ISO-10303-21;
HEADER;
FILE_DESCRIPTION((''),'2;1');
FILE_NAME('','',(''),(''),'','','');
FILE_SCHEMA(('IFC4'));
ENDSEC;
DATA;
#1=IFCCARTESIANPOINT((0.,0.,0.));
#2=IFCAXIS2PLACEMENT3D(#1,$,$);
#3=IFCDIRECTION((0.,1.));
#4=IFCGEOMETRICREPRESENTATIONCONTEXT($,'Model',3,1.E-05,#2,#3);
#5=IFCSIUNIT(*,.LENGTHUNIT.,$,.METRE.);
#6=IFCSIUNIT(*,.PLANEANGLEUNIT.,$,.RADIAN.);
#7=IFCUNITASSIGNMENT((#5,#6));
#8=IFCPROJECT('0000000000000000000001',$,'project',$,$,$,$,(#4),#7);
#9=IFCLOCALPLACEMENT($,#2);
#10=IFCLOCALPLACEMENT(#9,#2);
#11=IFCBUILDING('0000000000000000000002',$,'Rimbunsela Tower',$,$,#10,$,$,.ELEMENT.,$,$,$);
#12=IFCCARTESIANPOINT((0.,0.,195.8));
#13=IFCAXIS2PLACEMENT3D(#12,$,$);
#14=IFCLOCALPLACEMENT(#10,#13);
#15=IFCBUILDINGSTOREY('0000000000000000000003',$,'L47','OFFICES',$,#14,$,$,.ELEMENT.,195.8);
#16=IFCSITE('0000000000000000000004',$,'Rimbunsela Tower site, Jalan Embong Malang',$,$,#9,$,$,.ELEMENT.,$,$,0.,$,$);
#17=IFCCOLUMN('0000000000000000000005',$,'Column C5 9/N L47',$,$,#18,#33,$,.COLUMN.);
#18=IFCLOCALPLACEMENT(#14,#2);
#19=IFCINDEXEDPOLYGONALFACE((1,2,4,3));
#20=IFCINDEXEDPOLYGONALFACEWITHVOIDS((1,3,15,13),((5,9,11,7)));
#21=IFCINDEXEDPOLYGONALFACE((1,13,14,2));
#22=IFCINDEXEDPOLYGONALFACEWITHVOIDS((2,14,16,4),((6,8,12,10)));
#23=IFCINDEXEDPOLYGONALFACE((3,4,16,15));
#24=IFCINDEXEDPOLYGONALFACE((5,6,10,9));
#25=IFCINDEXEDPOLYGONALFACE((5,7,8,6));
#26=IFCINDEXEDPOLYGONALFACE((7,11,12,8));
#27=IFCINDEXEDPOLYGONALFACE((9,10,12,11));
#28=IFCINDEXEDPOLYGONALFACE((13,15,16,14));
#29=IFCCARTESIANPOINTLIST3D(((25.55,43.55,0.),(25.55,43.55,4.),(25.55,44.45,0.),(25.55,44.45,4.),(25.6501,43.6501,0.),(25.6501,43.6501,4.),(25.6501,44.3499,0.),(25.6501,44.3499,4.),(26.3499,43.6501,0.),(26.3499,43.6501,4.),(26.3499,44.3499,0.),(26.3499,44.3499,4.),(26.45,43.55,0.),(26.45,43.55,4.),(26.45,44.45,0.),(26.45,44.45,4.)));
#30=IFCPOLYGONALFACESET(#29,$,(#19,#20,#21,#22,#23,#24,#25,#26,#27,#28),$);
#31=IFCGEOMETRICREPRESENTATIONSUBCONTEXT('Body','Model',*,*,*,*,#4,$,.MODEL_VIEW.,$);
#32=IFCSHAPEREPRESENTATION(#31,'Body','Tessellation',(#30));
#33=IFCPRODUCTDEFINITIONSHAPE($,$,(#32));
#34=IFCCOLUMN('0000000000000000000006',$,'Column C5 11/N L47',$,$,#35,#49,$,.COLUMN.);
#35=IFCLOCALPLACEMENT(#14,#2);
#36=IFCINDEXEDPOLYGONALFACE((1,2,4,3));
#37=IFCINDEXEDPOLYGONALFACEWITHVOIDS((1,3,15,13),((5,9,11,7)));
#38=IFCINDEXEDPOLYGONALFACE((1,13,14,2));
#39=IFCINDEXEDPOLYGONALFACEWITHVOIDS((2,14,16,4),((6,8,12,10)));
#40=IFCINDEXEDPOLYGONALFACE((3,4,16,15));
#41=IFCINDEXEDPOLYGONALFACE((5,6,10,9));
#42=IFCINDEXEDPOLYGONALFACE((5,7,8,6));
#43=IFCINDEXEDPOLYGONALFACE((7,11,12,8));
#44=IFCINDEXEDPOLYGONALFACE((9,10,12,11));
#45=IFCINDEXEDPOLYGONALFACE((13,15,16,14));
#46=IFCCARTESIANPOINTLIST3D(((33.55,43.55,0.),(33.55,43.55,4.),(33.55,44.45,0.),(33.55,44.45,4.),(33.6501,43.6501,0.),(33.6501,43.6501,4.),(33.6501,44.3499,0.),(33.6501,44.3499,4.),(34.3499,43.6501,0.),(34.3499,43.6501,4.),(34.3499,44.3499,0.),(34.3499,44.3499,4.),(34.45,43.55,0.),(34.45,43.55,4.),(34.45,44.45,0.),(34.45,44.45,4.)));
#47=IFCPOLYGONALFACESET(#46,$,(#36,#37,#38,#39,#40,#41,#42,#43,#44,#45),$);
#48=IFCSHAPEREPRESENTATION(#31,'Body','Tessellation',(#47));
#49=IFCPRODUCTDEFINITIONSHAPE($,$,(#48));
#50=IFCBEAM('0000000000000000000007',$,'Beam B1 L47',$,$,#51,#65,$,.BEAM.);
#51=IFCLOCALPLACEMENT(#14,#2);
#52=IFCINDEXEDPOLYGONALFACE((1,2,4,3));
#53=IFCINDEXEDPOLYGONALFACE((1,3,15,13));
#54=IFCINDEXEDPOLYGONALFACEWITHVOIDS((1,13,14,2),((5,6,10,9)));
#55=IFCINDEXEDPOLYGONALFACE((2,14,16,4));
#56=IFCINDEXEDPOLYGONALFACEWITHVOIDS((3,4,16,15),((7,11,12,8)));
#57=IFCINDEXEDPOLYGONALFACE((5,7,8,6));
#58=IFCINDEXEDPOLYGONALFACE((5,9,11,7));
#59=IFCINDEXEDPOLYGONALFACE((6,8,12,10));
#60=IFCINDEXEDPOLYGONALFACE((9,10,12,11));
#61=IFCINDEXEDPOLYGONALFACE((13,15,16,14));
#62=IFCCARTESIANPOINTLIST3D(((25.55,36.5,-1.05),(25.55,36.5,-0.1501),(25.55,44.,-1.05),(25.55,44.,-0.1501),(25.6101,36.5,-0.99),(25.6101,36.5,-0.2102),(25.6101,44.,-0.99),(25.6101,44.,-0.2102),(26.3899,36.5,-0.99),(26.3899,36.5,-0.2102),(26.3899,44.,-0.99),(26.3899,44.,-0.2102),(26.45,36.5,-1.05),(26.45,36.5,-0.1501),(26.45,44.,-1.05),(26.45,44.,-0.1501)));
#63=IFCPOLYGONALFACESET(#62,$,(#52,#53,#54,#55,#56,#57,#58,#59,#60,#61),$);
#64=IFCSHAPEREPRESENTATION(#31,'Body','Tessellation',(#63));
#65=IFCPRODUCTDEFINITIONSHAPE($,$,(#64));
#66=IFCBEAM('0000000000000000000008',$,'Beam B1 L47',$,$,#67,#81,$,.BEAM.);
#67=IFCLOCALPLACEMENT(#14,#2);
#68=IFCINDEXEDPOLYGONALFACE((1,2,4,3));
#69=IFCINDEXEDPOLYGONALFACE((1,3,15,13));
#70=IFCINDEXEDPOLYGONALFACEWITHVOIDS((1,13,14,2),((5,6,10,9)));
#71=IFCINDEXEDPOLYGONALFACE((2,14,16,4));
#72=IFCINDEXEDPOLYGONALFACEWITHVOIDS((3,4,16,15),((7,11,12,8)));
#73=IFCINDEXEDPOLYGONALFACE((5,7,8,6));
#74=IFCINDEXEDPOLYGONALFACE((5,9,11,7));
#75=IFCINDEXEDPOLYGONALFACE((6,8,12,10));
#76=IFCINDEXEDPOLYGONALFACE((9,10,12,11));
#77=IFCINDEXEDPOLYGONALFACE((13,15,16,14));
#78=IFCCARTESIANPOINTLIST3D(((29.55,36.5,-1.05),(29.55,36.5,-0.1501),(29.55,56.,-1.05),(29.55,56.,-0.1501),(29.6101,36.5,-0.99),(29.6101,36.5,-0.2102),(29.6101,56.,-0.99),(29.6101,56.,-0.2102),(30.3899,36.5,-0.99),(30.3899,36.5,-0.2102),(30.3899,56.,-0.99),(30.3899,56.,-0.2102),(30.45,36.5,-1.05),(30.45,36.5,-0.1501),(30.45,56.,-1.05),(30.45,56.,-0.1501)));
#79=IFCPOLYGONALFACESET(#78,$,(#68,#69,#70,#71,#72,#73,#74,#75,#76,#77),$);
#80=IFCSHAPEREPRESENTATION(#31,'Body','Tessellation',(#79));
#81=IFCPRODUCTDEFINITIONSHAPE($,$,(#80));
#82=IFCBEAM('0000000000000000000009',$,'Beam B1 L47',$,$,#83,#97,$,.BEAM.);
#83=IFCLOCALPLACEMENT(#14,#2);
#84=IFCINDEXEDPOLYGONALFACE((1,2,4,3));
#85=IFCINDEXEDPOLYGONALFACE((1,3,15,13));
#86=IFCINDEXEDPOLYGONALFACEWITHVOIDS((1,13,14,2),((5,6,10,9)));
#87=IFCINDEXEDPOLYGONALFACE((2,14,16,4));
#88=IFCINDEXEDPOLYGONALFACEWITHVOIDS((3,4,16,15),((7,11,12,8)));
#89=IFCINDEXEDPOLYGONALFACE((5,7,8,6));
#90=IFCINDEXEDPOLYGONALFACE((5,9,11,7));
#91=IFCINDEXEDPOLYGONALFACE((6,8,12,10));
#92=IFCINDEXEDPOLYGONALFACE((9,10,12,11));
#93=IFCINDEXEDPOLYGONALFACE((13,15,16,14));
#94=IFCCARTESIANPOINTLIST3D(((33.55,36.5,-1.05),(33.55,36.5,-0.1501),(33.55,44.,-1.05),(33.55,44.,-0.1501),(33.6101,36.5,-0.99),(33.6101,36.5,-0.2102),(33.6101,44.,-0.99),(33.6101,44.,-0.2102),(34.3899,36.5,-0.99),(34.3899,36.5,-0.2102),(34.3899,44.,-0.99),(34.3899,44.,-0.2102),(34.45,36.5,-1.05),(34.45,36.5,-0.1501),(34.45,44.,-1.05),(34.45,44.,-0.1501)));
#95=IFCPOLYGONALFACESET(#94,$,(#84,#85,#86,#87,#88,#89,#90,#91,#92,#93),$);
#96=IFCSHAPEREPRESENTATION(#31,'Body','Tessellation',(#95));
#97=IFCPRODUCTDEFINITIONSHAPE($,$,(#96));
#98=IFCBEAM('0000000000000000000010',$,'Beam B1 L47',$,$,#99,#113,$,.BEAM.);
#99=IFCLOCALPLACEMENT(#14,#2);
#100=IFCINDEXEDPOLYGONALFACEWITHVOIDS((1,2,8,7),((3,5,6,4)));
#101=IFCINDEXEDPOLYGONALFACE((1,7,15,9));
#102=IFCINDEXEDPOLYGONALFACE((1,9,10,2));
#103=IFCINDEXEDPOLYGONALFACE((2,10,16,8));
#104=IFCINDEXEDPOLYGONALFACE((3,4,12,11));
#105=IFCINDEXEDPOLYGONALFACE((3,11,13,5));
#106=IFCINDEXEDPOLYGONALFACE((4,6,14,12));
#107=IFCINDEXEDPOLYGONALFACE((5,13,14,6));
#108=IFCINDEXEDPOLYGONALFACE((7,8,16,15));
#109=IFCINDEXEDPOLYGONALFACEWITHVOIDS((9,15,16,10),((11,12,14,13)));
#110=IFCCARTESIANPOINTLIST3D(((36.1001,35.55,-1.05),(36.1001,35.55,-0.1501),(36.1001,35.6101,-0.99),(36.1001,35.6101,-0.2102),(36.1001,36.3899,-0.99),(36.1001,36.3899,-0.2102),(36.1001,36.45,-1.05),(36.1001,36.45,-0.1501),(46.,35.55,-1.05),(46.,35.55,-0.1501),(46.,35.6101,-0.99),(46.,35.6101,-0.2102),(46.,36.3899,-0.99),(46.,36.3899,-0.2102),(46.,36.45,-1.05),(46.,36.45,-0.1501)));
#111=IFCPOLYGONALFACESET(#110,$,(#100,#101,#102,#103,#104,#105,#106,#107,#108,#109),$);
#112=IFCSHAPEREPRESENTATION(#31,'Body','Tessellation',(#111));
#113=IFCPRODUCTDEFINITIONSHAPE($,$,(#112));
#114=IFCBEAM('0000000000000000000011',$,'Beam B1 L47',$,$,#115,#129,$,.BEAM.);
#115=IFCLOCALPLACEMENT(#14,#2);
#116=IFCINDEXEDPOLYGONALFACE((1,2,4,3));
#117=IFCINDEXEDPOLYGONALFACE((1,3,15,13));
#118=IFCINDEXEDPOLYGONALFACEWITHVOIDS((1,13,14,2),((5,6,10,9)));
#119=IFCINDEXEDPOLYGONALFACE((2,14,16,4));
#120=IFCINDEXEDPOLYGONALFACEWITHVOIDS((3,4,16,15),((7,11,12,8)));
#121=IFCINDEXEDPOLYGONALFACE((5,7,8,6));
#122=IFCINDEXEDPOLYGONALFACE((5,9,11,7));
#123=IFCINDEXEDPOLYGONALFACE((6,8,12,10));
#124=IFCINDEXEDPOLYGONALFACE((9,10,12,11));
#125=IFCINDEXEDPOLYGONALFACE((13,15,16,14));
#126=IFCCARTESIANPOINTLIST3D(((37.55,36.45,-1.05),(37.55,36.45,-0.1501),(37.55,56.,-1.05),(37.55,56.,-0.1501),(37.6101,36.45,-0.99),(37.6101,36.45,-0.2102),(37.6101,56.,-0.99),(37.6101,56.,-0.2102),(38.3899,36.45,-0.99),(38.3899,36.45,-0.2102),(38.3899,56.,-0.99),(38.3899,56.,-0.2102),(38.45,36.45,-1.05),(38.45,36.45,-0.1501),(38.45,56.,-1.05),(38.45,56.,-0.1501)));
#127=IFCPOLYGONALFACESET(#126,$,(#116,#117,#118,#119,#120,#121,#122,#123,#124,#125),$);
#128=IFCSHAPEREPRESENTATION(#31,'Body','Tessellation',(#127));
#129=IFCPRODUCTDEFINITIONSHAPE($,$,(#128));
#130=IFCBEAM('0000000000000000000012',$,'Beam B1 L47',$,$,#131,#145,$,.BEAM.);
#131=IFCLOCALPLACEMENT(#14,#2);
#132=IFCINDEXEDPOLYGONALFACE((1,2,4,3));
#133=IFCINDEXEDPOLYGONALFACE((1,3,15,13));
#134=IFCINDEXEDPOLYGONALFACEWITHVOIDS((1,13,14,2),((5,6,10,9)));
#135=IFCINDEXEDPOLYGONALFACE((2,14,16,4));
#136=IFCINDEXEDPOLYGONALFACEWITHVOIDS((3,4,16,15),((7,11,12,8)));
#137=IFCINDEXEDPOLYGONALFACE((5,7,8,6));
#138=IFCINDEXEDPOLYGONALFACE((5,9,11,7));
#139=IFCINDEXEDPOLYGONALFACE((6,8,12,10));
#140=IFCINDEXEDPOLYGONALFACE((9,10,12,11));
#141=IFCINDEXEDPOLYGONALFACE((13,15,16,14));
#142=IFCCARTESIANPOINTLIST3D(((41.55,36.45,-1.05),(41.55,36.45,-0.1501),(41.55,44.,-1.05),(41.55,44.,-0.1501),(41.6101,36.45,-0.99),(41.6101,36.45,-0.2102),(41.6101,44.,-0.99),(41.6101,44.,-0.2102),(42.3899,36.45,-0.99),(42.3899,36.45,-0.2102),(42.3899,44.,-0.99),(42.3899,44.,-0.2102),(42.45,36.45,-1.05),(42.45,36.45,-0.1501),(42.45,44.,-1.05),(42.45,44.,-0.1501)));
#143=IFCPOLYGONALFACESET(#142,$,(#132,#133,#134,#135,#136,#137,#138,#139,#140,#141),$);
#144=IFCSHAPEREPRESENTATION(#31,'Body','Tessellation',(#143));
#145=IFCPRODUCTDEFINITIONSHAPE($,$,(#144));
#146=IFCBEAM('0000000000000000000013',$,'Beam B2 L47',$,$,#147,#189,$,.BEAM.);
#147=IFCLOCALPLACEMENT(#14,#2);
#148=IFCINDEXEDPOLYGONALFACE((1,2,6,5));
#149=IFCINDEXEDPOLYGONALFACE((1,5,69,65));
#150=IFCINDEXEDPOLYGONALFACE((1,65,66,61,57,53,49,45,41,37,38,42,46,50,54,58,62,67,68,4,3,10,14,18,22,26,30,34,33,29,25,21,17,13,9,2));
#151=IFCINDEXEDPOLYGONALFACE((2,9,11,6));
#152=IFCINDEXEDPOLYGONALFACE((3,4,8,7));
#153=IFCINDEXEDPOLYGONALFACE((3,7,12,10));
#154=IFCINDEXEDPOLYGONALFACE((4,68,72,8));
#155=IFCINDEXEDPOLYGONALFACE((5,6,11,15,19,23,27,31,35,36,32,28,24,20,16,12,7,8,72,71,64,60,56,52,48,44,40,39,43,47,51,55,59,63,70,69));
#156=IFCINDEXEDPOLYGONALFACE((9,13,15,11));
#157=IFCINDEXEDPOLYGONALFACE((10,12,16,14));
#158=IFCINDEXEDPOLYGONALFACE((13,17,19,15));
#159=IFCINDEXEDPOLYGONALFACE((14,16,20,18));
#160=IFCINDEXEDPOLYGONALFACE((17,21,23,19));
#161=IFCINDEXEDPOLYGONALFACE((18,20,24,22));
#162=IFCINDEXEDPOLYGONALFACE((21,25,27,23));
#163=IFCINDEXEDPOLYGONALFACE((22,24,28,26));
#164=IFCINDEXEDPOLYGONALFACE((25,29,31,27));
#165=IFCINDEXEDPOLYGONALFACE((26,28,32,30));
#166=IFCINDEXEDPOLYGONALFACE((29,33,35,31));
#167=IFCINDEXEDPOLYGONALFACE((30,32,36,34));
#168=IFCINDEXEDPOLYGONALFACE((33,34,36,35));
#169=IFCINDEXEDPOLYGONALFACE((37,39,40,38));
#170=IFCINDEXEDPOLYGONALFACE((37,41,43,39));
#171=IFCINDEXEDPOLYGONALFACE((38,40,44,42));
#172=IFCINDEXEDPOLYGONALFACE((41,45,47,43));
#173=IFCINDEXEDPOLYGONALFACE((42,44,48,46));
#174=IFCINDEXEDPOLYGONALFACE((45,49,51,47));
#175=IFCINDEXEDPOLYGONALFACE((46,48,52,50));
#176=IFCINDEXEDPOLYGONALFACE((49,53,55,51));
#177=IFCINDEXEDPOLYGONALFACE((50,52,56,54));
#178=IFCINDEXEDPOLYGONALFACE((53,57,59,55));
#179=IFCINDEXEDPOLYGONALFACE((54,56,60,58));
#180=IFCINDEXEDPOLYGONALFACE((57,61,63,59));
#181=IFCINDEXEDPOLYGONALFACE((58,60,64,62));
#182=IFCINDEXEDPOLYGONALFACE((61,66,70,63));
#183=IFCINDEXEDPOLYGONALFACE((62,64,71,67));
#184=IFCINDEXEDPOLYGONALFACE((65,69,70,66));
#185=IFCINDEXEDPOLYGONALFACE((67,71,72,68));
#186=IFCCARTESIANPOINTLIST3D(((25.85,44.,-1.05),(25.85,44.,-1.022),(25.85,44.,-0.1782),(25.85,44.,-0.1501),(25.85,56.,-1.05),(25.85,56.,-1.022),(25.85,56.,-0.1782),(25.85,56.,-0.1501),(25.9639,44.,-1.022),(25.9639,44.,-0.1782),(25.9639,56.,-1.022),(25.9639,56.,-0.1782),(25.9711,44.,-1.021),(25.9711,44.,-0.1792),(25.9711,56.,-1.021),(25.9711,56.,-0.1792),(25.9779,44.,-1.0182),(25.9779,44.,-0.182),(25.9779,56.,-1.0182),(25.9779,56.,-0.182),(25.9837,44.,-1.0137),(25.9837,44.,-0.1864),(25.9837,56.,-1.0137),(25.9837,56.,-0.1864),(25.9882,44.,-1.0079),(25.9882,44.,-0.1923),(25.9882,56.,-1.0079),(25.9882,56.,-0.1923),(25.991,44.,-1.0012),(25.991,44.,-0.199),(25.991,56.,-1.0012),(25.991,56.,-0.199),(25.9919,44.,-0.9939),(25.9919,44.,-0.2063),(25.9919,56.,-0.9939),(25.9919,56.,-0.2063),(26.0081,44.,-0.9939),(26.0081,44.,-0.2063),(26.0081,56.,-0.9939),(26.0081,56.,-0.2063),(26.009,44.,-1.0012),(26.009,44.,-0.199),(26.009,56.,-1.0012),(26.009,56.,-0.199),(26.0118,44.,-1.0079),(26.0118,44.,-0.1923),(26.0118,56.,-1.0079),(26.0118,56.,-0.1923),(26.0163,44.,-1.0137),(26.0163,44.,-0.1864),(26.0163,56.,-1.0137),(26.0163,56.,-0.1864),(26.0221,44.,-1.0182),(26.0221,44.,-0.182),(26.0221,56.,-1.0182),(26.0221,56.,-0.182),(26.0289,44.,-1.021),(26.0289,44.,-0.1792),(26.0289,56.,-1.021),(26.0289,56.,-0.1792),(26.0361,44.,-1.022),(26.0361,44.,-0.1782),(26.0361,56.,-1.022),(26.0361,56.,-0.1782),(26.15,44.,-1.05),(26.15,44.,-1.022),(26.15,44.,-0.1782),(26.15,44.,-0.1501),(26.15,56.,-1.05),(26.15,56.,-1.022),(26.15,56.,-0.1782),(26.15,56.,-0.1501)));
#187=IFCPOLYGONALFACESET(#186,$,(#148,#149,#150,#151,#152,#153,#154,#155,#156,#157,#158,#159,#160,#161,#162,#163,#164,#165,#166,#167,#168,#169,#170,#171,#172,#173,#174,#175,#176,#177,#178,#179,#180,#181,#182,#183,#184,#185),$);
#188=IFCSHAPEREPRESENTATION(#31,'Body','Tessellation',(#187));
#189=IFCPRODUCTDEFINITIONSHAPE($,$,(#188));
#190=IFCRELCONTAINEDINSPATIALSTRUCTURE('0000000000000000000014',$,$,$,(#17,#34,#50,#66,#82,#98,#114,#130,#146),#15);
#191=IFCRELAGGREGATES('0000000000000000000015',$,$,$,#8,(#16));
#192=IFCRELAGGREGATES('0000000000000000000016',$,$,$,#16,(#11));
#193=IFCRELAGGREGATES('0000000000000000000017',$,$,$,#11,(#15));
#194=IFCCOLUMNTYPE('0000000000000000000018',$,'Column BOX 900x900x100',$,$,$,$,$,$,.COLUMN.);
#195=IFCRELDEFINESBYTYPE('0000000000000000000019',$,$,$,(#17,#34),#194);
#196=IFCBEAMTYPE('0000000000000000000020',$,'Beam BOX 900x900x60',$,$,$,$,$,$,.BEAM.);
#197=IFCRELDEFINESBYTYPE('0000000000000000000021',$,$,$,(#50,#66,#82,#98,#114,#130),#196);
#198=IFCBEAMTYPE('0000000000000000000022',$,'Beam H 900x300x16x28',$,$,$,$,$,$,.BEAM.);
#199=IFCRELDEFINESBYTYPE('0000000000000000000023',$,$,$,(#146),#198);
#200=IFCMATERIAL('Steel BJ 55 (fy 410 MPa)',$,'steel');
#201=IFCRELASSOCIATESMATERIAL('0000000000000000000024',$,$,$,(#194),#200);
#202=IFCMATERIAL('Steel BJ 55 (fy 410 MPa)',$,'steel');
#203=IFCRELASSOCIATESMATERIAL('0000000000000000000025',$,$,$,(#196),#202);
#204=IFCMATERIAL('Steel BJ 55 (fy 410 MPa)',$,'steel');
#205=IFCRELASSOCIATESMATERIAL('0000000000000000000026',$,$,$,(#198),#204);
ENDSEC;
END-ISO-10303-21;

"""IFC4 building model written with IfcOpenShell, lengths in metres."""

from ifc_helpers import new_model, si_unit, direction, frame, origin, origin_2d, place, context, subcontext, project, spatial, hollow_rectangle, i_section, extrude, material, material_profile, profile_set, type_object, element, save


model = new_model("IFC4")

# Units and contexts
model_context = context("Model", 3, precision=1e-05, world=origin(), true_north=direction((0.0, 1.0)))
body_context = subcontext(model_context, "Body", "Model", "MODEL_VIEW")
ifc_project = project(units=[si_unit("LENGTHUNIT", "METRE"), si_unit("PLANEANGLEUNIT", "RADIAN")], contexts=[model_context])

# Site, building, storey
site_placement = place(None, origin())
site = spatial("IfcSite", under=ifc_project, at=site_placement, Name="Rimbunsela Tower site, Jalan Embong Malang", CompositionType="ELEMENT", RefElevation=0.0)
building_placement = place(site_placement, origin())
building = spatial("IfcBuilding", under=site, at=building_placement, Name="Rimbunsela Tower", CompositionType="ELEMENT")
storey_placement = place(building_placement, frame((0.0, 0.0, 195.8)))
storey = spatial("IfcBuildingStorey", under=building, at=storey_placement, Name="L47", Description="OFFICES", CompositionType="ELEMENT", Elevation=195.8)

# Columns
ifc_material_1 = material(Name="Steel BJ 55 (fy 410 MPa)", Category="steel")
ifc_material_profile_1 = material_profile(ifc_material_1, hollow_rectangle(XDim=0.8999, YDim=0.8999, WallThickness=0.1001, at=origin_2d()), Name="BOX 900x900x100")
ifc_profile_set_1 = profile_set([ifc_material_profile_1], Name="Steel BJ 55 (fy 410 MPa)")
column_type = type_object("IfcColumnType", Name="Column BOX 900x900x100", PredefinedType="COLUMN", material=ifc_profile_set_1)
for number, where, z_axis, x_axis, name in (
    (1, (26.0, 44.0, 0.0), (0.0, 0.0, 1.0), (1.0, 0.0, 0.0), "Column C5 9/N L47"),
    (2, (34.0, 44.0, 0.0), (0.0, 0.0, 1.0), (1.0, 0.0, 0.0), "Column C5 11/N L47"),
):
    element("IfcColumn", number, at=place(storey_placement, frame(where, z_axis=z_axis, x_axis=x_axis)), inside=storey, type_object=column_type, Name=name, PredefinedType="COLUMN", context=body_context, shape_type="SweptSolid", body=[
        extrude(hollow_rectangle(XDim=0.8999, YDim=0.8999, WallThickness=0.1001, at=origin_2d()), origin(), (0.0, 0.0, 1.0), 4.0),
    ])

# Beams
ifc_material_2 = material(Name="Steel BJ 55 (fy 410 MPa)", Category="steel")
ifc_material_profile_2 = material_profile(ifc_material_2, hollow_rectangle(XDim=0.8999, YDim=0.8999, WallThickness=0.0601, at=origin_2d()), Name="BOX 900x900x60")
ifc_profile_set_2 = profile_set([ifc_material_profile_2], Name="Steel BJ 55 (fy 410 MPa)")
beam_type_1 = type_object("IfcBeamType", Name="Beam BOX 900x900x60", PredefinedType="BEAM", material=ifc_profile_set_2)
beam_1_placement = place(storey_placement, frame((26.0, 36.5, -0.6001), z_axis=(0.0, 1.0, 0.0), x_axis=(-1.0, 0.0, 0.0)))
element("IfcBeam", 3, at=beam_1_placement, inside=storey, type_object=beam_type_1, Name="Beam B1 L47", PredefinedType="BEAM", context=body_context, shape_type="SweptSolid", body=[
    extrude(hollow_rectangle(XDim=0.8999, YDim=0.8999, WallThickness=0.0601, at=origin_2d()), origin(), (0.0, 0.0, 1.0), 7.5),
])
beam_2_placement = place(storey_placement, frame((30.0, 36.5, -0.6001), z_axis=(0.0, 1.0, 0.0), x_axis=(-1.0, 0.0, 0.0)))
element("IfcBeam", 4, at=beam_2_placement, inside=storey, type_object=beam_type_1, Name="Beam B1 L47", PredefinedType="BEAM", context=body_context, shape_type="SweptSolid", body=[
    extrude(hollow_rectangle(XDim=0.8999, YDim=0.8999, WallThickness=0.0601, at=origin_2d()), origin(), (0.0, 0.0, 1.0), 19.5),
])
beam_3_placement = place(storey_placement, frame((34.0, 36.5, -0.6001), z_axis=(0.0, 1.0, 0.0), x_axis=(-1.0, 0.0, 0.0)))
element("IfcBeam", 5, at=beam_3_placement, inside=storey, type_object=beam_type_1, Name="Beam B1 L47", PredefinedType="BEAM", context=body_context, shape_type="SweptSolid", body=[
    extrude(hollow_rectangle(XDim=0.8999, YDim=0.8999, WallThickness=0.0601, at=origin_2d()), origin(), (0.0, 0.0, 1.0), 7.5),
])
beam_4_placement = place(storey_placement, frame((36.1001, 36.0, -0.6001), z_axis=(1.0, 0.0, 0.0), x_axis=(0.0, 1.0, 0.0)))
element("IfcBeam", 6, at=beam_4_placement, inside=storey, type_object=beam_type_1, Name="Beam B1 L47", PredefinedType="BEAM", context=body_context, shape_type="SweptSolid", body=[
    extrude(hollow_rectangle(XDim=0.8999, YDim=0.8999, WallThickness=0.0601, at=origin_2d()), origin(), (0.0, 0.0, 1.0), 9.8999),
])
beam_5_placement = place(storey_placement, frame((38.0, 36.45, -0.6001), z_axis=(0.0, 1.0, 0.0), x_axis=(-1.0, 0.0, 0.0)))
element("IfcBeam", 7, at=beam_5_placement, inside=storey, type_object=beam_type_1, Name="Beam B1 L47", PredefinedType="BEAM", context=body_context, shape_type="SweptSolid", body=[
    extrude(hollow_rectangle(XDim=0.8999, YDim=0.8999, WallThickness=0.0601, at=origin_2d()), origin(), (0.0, 0.0, 1.0), 19.55),
])
beam_6_placement = place(storey_placement, frame((42.0, 36.45, -0.6001), z_axis=(0.0, 1.0, 0.0), x_axis=(-1.0, 0.0, 0.0)))
element("IfcBeam", 8, at=beam_6_placement, inside=storey, type_object=beam_type_1, Name="Beam B1 L47", PredefinedType="BEAM", context=body_context, shape_type="SweptSolid", body=[
    extrude(hollow_rectangle(XDim=0.8999, YDim=0.8999, WallThickness=0.0601, at=origin_2d()), origin(), (0.0, 0.0, 1.0), 7.55),
])
ifc_material_3 = material(Name="Steel BJ 55 (fy 410 MPa)", Category="steel")
ifc_material_profile_3 = material_profile(ifc_material_3, i_section(OverallWidth=0.3, OverallDepth=0.8999, WebThickness=0.0161, FlangeThickness=0.0281, FilletRadius=0.0281, at=origin_2d()), Name="H 900x300x16x28")
ifc_profile_set_3 = profile_set([ifc_material_profile_3], Name="Steel BJ 55 (fy 410 MPa)")
beam_type_2 = type_object("IfcBeamType", Name="Beam H 900x300x16x28", PredefinedType="BEAM", material=ifc_profile_set_3)
for number, where, z_axis, x_axis, name in (
    (9, (26.0, 44.0, -0.6001), (0.0, 1.0, 0.0), (-1.0, 0.0, 0.0), "Beam B2 L47"),
):
    element("IfcBeam", number, at=place(storey_placement, frame(where, z_axis=z_axis, x_axis=x_axis)), inside=storey, type_object=beam_type_2, Name=name, PredefinedType="BEAM", context=body_context, shape_type="SweptSolid", body=[
        extrude(i_section(OverallWidth=0.3, OverallDepth=0.8999, WebThickness=0.0161, FlangeThickness=0.0281, FilletRadius=0.0281, at=origin_2d()), origin(), (0.0, 0.0, 1.0), 12.0),
    ])

save(model, "model.ifc")
